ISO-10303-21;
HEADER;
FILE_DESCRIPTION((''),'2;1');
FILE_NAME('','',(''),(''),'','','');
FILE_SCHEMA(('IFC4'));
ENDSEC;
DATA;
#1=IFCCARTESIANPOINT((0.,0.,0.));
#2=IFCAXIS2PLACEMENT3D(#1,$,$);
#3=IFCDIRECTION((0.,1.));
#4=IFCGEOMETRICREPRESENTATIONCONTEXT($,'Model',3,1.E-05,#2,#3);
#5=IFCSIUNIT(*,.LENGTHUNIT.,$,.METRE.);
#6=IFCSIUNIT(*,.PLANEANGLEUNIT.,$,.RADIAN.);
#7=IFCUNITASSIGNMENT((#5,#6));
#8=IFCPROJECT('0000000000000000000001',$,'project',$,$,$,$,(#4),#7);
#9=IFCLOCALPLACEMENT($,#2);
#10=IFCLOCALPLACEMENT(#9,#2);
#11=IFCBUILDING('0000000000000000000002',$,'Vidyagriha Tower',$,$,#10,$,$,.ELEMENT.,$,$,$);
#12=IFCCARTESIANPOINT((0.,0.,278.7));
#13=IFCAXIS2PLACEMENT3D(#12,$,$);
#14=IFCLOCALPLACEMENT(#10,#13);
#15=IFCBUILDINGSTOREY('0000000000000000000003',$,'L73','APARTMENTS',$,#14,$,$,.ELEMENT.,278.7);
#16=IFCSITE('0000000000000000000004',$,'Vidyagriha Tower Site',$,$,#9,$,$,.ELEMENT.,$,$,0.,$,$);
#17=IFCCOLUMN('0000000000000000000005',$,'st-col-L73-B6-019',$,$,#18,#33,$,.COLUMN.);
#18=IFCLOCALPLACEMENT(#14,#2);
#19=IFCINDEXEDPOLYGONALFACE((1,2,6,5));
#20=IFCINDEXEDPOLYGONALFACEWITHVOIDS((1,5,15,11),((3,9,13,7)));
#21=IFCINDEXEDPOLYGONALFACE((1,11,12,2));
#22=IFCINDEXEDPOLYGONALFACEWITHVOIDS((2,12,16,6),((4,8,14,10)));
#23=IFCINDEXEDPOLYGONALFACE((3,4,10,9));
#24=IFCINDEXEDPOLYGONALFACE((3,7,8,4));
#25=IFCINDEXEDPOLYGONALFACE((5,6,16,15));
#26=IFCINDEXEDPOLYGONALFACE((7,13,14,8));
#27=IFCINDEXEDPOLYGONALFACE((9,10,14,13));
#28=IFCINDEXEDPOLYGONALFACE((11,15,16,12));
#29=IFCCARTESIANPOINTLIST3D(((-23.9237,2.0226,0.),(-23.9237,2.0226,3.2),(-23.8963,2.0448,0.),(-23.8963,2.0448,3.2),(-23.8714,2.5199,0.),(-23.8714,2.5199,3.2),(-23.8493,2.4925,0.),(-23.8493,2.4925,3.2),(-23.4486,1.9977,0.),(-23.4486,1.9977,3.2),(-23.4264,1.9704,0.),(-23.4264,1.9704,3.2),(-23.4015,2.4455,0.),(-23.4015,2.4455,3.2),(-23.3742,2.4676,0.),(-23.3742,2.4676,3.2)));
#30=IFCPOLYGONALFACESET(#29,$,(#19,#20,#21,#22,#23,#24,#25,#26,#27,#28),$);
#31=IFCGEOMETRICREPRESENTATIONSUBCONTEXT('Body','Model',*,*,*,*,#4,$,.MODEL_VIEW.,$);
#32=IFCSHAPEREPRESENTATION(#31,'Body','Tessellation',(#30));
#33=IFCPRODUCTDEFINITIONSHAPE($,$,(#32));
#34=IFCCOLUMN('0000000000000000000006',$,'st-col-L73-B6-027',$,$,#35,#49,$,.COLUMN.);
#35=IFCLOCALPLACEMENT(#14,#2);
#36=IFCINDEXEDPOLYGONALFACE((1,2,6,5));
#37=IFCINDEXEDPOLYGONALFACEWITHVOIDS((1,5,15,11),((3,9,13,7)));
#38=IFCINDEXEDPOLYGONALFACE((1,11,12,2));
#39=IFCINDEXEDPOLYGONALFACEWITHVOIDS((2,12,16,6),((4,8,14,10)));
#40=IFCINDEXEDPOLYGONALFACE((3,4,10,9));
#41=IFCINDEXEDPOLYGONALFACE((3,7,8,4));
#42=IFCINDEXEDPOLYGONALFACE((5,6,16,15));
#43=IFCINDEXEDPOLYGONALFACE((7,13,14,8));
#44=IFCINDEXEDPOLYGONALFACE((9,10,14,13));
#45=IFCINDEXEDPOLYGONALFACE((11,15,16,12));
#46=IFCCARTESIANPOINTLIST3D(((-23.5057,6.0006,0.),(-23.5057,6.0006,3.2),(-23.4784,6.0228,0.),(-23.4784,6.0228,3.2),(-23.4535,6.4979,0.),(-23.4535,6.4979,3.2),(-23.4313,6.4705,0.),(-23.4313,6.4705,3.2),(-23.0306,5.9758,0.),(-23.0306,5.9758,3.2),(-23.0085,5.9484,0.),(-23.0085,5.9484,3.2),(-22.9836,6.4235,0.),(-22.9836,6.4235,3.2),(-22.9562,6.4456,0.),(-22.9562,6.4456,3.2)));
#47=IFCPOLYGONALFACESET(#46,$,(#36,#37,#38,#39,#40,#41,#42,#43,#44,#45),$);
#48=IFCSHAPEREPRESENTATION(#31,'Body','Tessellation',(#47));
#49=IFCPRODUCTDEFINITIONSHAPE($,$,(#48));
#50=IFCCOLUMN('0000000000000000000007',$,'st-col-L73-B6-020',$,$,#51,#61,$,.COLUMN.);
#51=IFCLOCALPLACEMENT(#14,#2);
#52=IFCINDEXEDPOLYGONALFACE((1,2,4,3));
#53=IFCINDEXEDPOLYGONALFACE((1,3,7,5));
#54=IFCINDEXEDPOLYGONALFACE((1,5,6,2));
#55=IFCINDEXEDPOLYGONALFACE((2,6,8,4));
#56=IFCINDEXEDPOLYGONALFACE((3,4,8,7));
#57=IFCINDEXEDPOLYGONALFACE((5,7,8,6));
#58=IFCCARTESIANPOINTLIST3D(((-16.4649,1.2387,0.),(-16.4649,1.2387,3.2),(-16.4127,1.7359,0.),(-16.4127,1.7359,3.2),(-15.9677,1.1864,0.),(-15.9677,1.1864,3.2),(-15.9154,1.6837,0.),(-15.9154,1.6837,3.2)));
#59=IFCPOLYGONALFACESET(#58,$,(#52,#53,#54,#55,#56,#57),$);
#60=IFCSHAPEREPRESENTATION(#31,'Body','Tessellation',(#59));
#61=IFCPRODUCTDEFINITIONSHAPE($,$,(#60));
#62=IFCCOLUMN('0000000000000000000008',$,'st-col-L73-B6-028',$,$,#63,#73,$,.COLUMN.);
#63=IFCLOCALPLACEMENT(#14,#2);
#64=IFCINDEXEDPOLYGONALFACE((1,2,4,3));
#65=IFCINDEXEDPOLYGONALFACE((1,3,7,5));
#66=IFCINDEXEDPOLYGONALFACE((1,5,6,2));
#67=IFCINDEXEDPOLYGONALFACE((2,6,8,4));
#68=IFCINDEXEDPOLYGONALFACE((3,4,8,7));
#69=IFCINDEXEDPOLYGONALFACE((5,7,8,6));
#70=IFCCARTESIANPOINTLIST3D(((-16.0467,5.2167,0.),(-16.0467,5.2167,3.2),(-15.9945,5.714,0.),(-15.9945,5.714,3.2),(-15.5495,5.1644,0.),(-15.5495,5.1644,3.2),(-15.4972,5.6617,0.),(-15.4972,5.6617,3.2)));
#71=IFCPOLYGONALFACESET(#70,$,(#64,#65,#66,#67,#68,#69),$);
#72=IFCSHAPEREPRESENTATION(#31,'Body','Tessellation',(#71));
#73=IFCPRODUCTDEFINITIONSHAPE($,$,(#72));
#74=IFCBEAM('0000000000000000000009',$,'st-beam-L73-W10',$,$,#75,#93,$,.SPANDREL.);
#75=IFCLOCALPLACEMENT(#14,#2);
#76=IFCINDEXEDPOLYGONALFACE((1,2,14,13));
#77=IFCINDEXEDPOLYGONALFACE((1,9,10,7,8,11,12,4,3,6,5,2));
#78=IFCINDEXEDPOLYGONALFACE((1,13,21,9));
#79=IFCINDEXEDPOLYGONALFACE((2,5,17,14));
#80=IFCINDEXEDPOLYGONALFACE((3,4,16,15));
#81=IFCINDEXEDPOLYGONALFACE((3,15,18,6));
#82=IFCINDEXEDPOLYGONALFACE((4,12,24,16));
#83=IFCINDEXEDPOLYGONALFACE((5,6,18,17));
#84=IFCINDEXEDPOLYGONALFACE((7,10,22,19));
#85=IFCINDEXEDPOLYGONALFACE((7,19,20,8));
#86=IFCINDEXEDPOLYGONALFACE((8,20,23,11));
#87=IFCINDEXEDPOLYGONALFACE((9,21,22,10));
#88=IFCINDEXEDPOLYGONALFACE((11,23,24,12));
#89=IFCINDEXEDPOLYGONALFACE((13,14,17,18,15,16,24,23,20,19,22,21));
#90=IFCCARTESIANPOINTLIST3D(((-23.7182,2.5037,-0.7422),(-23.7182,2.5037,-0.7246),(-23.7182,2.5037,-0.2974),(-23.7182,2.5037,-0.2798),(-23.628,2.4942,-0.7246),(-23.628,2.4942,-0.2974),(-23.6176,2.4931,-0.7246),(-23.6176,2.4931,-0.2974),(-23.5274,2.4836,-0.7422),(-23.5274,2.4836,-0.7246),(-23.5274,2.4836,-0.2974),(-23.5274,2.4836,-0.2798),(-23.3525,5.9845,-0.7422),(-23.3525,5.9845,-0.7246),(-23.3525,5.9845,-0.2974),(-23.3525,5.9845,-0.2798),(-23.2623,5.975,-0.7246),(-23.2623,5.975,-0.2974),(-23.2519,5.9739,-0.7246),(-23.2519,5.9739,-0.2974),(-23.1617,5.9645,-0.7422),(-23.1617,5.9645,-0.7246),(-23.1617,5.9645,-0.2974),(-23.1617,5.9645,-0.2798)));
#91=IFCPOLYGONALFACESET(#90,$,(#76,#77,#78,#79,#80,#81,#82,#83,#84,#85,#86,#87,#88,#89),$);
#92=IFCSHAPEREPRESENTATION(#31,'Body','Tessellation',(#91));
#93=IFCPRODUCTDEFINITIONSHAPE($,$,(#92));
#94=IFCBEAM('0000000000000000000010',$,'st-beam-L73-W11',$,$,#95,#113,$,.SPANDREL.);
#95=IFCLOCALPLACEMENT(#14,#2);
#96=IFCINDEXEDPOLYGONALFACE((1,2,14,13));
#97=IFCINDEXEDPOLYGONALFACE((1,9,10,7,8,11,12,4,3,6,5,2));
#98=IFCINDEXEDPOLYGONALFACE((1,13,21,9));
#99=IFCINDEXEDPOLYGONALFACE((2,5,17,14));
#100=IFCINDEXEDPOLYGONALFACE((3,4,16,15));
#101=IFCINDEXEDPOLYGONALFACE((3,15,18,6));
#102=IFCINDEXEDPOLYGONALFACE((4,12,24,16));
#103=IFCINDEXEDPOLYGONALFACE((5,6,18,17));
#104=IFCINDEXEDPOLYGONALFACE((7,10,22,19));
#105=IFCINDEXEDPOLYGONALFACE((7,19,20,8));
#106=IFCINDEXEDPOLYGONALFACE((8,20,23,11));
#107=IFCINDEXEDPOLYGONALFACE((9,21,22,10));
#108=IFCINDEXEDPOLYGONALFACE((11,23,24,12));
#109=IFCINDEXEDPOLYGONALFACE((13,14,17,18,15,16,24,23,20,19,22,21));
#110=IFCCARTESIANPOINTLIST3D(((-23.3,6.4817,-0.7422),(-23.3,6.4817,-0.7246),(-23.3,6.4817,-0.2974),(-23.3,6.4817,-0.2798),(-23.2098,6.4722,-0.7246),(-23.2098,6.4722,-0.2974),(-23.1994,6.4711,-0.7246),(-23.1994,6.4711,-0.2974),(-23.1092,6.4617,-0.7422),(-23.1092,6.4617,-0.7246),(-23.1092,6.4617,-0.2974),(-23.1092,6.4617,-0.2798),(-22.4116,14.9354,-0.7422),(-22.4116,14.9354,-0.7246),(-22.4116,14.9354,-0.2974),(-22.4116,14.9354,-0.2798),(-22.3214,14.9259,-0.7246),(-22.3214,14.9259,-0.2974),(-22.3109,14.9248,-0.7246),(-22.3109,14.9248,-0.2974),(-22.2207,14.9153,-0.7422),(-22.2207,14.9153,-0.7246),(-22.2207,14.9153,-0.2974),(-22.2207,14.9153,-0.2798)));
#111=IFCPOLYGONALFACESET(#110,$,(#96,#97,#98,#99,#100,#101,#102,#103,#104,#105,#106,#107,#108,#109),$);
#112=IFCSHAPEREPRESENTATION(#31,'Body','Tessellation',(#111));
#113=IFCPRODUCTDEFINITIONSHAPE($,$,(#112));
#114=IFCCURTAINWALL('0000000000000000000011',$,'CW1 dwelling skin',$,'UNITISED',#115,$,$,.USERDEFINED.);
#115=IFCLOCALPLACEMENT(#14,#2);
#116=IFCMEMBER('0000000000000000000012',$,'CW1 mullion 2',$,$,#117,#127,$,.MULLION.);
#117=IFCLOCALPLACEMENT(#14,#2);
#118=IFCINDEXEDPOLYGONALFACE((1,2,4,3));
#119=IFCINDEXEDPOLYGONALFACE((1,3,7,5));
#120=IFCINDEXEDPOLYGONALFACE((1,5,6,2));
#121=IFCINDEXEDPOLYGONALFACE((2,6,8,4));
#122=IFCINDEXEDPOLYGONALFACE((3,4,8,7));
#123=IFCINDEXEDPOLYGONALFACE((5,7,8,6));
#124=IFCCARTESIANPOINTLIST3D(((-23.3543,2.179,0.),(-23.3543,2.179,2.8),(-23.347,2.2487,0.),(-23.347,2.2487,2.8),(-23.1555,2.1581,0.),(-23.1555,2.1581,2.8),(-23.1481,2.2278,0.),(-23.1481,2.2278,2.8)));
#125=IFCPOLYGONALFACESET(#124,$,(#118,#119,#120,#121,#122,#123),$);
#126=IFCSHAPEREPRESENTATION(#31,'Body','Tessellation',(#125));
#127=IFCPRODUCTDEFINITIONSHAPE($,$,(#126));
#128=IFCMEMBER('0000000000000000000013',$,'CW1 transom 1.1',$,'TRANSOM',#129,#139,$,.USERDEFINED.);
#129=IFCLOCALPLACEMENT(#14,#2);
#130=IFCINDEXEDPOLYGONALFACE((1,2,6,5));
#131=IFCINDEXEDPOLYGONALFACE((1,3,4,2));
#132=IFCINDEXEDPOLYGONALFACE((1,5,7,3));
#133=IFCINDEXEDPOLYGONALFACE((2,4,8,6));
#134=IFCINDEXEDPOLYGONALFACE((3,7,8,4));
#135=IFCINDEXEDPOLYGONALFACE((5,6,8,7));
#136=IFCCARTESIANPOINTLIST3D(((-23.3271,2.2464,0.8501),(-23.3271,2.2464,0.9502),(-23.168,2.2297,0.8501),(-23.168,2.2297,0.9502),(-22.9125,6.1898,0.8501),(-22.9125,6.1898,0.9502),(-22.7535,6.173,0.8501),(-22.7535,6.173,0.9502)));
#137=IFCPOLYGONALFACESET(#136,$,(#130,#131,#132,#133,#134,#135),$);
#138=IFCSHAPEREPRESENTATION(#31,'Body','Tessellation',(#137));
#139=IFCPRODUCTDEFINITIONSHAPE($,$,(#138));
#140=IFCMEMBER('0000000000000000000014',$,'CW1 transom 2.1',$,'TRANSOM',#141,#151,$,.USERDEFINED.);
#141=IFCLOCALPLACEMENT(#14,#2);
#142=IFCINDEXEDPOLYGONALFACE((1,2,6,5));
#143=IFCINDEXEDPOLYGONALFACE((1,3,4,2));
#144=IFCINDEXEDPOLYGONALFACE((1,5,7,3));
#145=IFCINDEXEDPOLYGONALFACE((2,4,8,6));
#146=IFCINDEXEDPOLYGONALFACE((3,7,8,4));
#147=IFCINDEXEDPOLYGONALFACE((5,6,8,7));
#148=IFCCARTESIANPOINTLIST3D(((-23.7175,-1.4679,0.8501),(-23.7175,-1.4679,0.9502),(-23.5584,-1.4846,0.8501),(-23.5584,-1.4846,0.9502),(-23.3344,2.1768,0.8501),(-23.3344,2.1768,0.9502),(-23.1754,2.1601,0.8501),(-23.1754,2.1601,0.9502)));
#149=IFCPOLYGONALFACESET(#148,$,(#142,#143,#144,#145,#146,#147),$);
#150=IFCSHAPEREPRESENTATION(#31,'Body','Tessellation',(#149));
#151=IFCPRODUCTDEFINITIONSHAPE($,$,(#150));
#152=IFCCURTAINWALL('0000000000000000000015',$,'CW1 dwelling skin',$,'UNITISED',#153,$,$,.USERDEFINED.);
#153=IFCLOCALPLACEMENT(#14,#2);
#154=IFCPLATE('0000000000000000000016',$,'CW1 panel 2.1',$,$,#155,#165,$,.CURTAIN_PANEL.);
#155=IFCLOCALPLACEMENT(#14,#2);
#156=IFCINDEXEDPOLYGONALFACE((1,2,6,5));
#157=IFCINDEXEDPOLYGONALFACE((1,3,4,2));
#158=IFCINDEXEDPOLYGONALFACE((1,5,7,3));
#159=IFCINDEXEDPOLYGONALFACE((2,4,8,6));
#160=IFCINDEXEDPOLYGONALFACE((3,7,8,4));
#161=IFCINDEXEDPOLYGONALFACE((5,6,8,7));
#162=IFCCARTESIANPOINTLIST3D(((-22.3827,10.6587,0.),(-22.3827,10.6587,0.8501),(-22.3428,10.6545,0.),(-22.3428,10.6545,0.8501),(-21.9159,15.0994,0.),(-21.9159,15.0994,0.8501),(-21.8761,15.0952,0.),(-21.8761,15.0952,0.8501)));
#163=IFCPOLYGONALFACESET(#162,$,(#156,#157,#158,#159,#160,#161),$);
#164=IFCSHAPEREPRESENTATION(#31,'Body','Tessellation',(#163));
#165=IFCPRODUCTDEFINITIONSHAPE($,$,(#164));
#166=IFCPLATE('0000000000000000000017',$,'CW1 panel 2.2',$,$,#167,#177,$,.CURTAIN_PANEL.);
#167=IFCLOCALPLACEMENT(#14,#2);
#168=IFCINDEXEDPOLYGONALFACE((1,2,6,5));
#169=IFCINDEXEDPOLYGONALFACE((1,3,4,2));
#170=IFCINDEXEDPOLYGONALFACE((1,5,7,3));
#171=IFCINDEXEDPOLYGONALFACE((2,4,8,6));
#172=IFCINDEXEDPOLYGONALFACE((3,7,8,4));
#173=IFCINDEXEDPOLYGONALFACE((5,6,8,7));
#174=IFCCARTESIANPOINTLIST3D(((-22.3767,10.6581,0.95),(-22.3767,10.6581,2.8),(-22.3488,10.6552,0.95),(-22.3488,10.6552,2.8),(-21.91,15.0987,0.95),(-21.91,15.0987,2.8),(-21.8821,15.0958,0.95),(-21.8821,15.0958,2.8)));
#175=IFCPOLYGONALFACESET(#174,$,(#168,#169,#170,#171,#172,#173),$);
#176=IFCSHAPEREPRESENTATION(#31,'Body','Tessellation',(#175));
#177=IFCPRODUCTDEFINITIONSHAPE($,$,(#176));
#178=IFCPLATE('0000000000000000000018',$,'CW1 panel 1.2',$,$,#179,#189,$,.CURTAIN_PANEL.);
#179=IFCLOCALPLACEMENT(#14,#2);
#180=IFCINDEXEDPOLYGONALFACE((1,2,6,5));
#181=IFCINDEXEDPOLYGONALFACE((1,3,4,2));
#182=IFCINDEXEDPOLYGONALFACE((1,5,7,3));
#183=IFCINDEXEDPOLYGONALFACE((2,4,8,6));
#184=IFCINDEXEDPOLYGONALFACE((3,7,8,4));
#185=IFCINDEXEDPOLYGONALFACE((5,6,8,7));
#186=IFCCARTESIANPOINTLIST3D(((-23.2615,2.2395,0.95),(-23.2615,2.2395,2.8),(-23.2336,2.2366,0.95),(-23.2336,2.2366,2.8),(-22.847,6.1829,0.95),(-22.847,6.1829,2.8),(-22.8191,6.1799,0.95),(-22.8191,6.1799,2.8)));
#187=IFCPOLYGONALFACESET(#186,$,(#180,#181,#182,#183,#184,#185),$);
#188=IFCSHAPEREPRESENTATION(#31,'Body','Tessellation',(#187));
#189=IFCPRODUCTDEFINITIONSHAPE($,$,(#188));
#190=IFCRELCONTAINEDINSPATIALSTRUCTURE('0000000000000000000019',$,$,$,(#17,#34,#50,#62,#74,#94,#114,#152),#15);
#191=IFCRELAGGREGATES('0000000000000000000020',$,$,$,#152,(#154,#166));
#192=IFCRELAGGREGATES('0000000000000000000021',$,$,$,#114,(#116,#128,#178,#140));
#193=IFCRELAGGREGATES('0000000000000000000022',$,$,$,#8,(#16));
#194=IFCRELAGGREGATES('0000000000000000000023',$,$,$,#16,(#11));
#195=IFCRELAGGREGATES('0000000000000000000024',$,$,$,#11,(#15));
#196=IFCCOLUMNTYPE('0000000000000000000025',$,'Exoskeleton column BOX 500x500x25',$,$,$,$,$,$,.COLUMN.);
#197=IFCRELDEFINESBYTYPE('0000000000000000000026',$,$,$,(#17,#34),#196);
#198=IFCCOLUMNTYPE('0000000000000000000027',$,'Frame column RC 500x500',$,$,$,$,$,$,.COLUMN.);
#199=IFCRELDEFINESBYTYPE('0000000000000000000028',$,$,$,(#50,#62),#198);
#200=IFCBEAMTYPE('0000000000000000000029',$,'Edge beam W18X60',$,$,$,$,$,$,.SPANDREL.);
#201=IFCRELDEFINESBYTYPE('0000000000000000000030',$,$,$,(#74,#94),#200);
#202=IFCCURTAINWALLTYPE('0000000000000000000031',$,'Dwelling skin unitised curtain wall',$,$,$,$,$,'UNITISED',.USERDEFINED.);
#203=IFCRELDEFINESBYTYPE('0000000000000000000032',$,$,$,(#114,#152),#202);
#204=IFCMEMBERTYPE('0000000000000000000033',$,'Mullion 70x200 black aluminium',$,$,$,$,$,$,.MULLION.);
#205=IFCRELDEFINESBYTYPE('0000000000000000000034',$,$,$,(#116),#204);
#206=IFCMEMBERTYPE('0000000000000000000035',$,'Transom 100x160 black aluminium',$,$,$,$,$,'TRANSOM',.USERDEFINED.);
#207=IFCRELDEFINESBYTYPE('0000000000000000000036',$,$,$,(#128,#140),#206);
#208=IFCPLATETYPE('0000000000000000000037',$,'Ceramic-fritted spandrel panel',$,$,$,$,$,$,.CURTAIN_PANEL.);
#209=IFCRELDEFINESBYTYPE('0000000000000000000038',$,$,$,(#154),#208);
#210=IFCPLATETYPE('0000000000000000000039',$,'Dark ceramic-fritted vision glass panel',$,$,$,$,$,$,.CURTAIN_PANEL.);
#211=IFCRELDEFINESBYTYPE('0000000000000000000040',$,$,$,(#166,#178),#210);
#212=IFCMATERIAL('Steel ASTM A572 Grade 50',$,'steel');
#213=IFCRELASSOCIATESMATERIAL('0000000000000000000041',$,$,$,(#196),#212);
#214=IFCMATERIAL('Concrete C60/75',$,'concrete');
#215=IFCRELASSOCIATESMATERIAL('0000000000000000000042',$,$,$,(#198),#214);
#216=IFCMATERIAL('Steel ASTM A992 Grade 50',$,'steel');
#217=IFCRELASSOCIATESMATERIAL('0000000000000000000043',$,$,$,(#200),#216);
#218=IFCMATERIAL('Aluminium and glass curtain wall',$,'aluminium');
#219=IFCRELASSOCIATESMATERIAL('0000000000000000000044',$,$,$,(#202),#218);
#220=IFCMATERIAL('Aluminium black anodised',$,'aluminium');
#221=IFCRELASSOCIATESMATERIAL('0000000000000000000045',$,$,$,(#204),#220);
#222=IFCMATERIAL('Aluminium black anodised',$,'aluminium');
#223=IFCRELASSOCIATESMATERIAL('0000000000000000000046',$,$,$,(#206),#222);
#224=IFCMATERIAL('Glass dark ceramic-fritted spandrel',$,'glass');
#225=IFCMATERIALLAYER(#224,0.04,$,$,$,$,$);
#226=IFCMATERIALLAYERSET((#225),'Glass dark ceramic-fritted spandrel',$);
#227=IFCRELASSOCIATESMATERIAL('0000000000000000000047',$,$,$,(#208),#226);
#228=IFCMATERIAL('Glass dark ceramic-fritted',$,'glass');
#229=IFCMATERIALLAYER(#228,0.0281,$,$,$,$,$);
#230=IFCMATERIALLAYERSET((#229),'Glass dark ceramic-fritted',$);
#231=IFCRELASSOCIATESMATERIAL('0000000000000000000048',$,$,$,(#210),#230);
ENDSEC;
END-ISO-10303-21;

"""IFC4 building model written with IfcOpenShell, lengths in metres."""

from ifc_helpers import new_model, si_unit, direction, frame, origin, origin_2d, place, context, subcontext, project, spatial, rectangle, hollow_rectangle, i_section, extrude, material, layer, layer_set, material_profile, profile_set, type_object, element, aggregate, save


model = new_model("IFC4")

# Units and contexts
model_context = context("Model", 3, precision=1e-05, world=origin(), true_north=direction((0.0, 1.0)))
body_context = subcontext(model_context, "Body", "Model", "MODEL_VIEW")
ifc_project = project(units=[si_unit("LENGTHUNIT", "METRE"), si_unit("PLANEANGLEUNIT", "RADIAN")], contexts=[model_context])

# Site, building, storey
site_placement = place(None, origin())
site = spatial("IfcSite", under=ifc_project, at=site_placement, Name="Vidyagriha Tower Site", CompositionType="ELEMENT", RefElevation=0.0)
building_placement = place(site_placement, origin())
building = spatial("IfcBuilding", under=site, at=building_placement, Name="Vidyagriha Tower", CompositionType="ELEMENT")
storey_placement = place(building_placement, frame((0.0, 0.0, 278.7)))
storey = spatial("IfcBuildingStorey", under=building, at=storey_placement, Name="L73", Description="APARTMENTS", CompositionType="ELEMENT", Elevation=278.7)

# Columns
ifc_material_1 = material(Name="Steel ASTM A572 Grade 50", Category="steel")
ifc_material_profile_1 = material_profile(ifc_material_1, hollow_rectangle(XDim=0.5, YDim=0.5, WallThickness=0.0249, at=origin_2d()), Name="BOX 500x500x25")
ifc_profile_set_1 = profile_set([ifc_material_profile_1], Name="Steel ASTM A572 Grade 50")
column_type_1 = type_object("IfcColumnType", Name="Exoskeleton column BOX 500x500x25", PredefinedType="COLUMN", material=ifc_profile_set_1)
for number, where, z_axis, x_axis, name in (
    (1, (-23.6489, 2.2451, 0.0), (0.0, 0.0, 1.0), (0.994522, -0.104528, 0.0), "st-col-L73-B6-019"),
    (2, (-23.231, 6.2231, 0.0), (0.0, 0.0, 1.0), (0.994522, -0.104528, 0.0), "st-col-L73-B6-027"),
):
    element("IfcColumn", number, at=place(storey_placement, frame(where, z_axis=z_axis, x_axis=x_axis)), inside=storey, type_object=column_type_1, Name=name, PredefinedType="COLUMN", context=body_context, shape_type="SweptSolid", body=[
        extrude(hollow_rectangle(XDim=0.5, YDim=0.5, WallThickness=0.0249, at=origin_2d()), origin(), (0.0, 0.0, 1.0), 3.2),
    ])
ifc_material_2 = material(Name="Concrete C60/75", Category="concrete")
ifc_material_profile_2 = material_profile(ifc_material_2, rectangle(XDim=0.5, YDim=0.5, at=origin_2d()), Name="RC 500x500")
ifc_profile_set_2 = profile_set([ifc_material_profile_2], Name="Concrete C60/75")
column_type_2 = type_object("IfcColumnType", Name="Frame column RC 500x500", PredefinedType="COLUMN", material=ifc_profile_set_2)
for number, where, z_axis, x_axis, name in (
    (3, (-16.1902, 1.4612, 0.0), (0.0, 0.0, 1.0), (0.994522, -0.104528, 0.0), "st-col-L73-B6-020"),
    (4, (-15.772, 5.4392, 0.0), (0.0, 0.0, 1.0), (0.994522, -0.104528, 0.0), "st-col-L73-B6-028"),
):
    element("IfcColumn", number, at=place(storey_placement, frame(where, z_axis=z_axis, x_axis=x_axis)), inside=storey, type_object=column_type_2, Name=name, PredefinedType="COLUMN", context=body_context, shape_type="SweptSolid", body=[
        extrude(rectangle(XDim=0.5, YDim=0.5, at=origin_2d()), origin(), (0.0, 0.0, 1.0), 3.2),
    ])

# Beams
ifc_material_3 = material(Name="Steel ASTM A992 Grade 50", Category="steel")
ifc_material_profile_3 = material_profile(ifc_material_3, i_section(OverallWidth=0.1919, OverallDepth=0.4624, WebThickness=0.0105, FlangeThickness=0.0176, at=origin_2d()), Name="W18X60")
ifc_profile_set_3 = profile_set([ifc_material_profile_3], Name="Steel ASTM A992 Grade 50")
beam_type = type_object("IfcBeamType", Name="Edge beam W18X60", PredefinedType="SPANDREL", material=ifc_profile_set_3)
beam_1_placement = place(storey_placement, frame((-23.6228, 2.4937, -0.511), z_axis=(0.104489, 0.994526, 0.0), x_axis=(-0.994526, 0.104489, 0.0)))
element("IfcBeam", 5, at=beam_1_placement, inside=storey, type_object=beam_type, Name="st-beam-L73-W10", PredefinedType="SPANDREL", context=body_context, shape_type="SweptSolid", body=[
    extrude(i_section(OverallWidth=0.1919, OverallDepth=0.4624, WebThickness=0.0105, FlangeThickness=0.0176, at=origin_2d()), origin(), (0.0, 0.0, 1.0), 3.5),
])
beam_2_placement = place(storey_placement, frame((-23.2046, 6.4717, -0.511), z_axis=(0.104519, 0.994523, 0.0), x_axis=(-0.994523, 0.104519, 0.0)))
element("IfcBeam", 6, at=beam_2_placement, inside=storey, type_object=beam_type, Name="st-beam-L73-W11", PredefinedType="SPANDREL", context=body_context, shape_type="SweptSolid", body=[
    extrude(i_section(OverallWidth=0.1919, OverallDepth=0.4624, WebThickness=0.0105, FlangeThickness=0.0176, at=origin_2d()), origin(), (0.0, 0.0, 1.0), 8.5002),
])

# Curtain wall, members
ifc_material_4 = material(Name="Aluminium and glass curtain wall", Category="aluminium")
curtain_wall_type = type_object("IfcCurtainWallType", Name="Dwelling skin unitised curtain wall", ElementType="UNITISED", PredefinedType="USERDEFINED", material=ifc_material_4)
curtain_wall_1_placement = place(storey_placement, origin())
curtain_wall_1 = element("IfcCurtainWall", 7, at=curtain_wall_1_placement, inside=storey, type_object=curtain_wall_type, Name="CW1 dwelling skin", ObjectType="UNITISED", PredefinedType="USERDEFINED")
ifc_material_5 = material(Name="Aluminium black anodised", Category="aluminium")
ifc_material_profile_4 = material_profile(ifc_material_5, rectangle(XDim=0.2, YDim=0.0701, at=origin_2d()), Name="Mullion 70x200 black aluminium")
ifc_profile_set_4 = profile_set([ifc_material_profile_4], Name="Aluminium black anodised")
member_type_1 = type_object("IfcMemberType", Name="Mullion 70x200 black aluminium", PredefinedType="MULLION", material=ifc_profile_set_4)
member_1_placement = place(storey_placement, frame((-23.2512, 2.2034, 0.0), z_axis=(0.0, 0.0, 1.0), x_axis=(0.994521, -0.104533, 0.0)))
member_1 = element("IfcMember", 8, at=member_1_placement, type_object=member_type_1, Name="CW1 mullion 2", PredefinedType="MULLION", context=body_context, shape_type="SweptSolid", body=[
    extrude(rectangle(XDim=0.2, YDim=0.0701, at=origin_2d()), origin(), (0.0, 0.0, 1.0), 2.8),
])
ifc_material_6 = material(Name="Aluminium black anodised", Category="aluminium")
ifc_material_profile_5 = material_profile(ifc_material_6, rectangle(XDim=0.1599, YDim=0.1001, at=origin_2d()), Name="Transom 100x160 black aluminium")
ifc_profile_set_5 = profile_set([ifc_material_profile_5], Name="Aluminium black anodised")
member_type_2 = type_object("IfcMemberType", Name="Transom 100x160 black aluminium", ElementType="TRANSOM", PredefinedType="USERDEFINED", material=ifc_profile_set_5)
member_2_placement = place(storey_placement, frame((-22.833, 6.1814, 0.9001), z_axis=(-0.10455, -0.99452, 0.0), x_axis=(0.99452, -0.10455, 0.0)))
member_2 = element("IfcMember", 9, at=member_2_placement, type_object=member_type_2, Name="CW1 transom 1.1", ObjectType="TRANSOM", PredefinedType="USERDEFINED", context=body_context, shape_type="SweptSolid", body=[
    extrude(rectangle(XDim=0.1599, YDim=0.1001, at=origin_2d()), origin(), (0.0, 0.0, 1.0), 3.9651),
])
member_3_placement = place(storey_placement, frame((-23.2549, 2.1685, 0.9001), z_axis=(-0.104522, -0.994523, 0.0), x_axis=(0.994523, -0.104522, 0.0)))
member_3 = element("IfcMember", 10, at=member_3_placement, type_object=member_type_2, Name="CW1 transom 2.1", ObjectType="TRANSOM", PredefinedType="USERDEFINED", context=body_context, shape_type="SweptSolid", body=[
    extrude(rectangle(XDim=0.1599, YDim=0.1001, at=origin_2d()), origin(), (0.0, 0.0, 1.0), 3.6648),
])

# Curtain wall, plates
curtain_wall_2_placement = place(storey_placement, origin())
curtain_wall_2 = element("IfcCurtainWall", 11, at=curtain_wall_2_placement, inside=storey, type_object=curtain_wall_type, Name="CW1 dwelling skin", ObjectType="UNITISED", PredefinedType="USERDEFINED")
ifc_material_7 = material(Name="Glass dark ceramic-fritted spandrel", Category="glass")
ifc_layer_1 = layer(ifc_material_7, 0.04)
ifc_layer_set_1 = layer_set([ifc_layer_1], Name="Glass dark ceramic-fritted spandrel")
plate_type_1 = type_object("IfcPlateType", Name="Ceramic-fritted spandrel panel", PredefinedType="CURTAIN_PANEL", material=ifc_layer_set_1)
plate_1_placement = place(storey_placement, frame((-22.1294, 12.877, 0.0), z_axis=(0.0, 0.0, 1.0), x_axis=(-0.104525, -0.994522, 0.0)))
plate_1 = element("IfcPlate", 12, at=plate_1_placement, type_object=plate_type_1, Name="CW1 panel 2.1", PredefinedType="CURTAIN_PANEL", context=body_context, shape_type="SweptSolid", body=[
    extrude(rectangle(XDim=4.4651, YDim=0.04, at=origin_2d()), origin(), (0.0, 0.0, 1.0), 0.8501),
])
ifc_material_8 = material(Name="Glass dark ceramic-fritted", Category="glass")
ifc_layer_2 = layer(ifc_material_8, 0.0281)
ifc_layer_set_2 = layer_set([ifc_layer_2], Name="Glass dark ceramic-fritted")
plate_type_2 = type_object("IfcPlateType", Name="Dark ceramic-fritted vision glass panel", PredefinedType="CURTAIN_PANEL", material=ifc_layer_set_2)
plate_2_placement = place(storey_placement, frame((-22.1294, 12.877, 0.95), z_axis=(0.0, 0.0, 1.0), x_axis=(-0.104525, -0.994522, 0.0)))
plate_2 = element("IfcPlate", 13, at=plate_2_placement, type_object=plate_type_2, Name="CW1 panel 2.2", PredefinedType="CURTAIN_PANEL", context=body_context, shape_type="SweptSolid", body=[
    extrude(rectangle(XDim=4.4651, YDim=0.0281, at=origin_2d()), origin(), (0.0, 0.0, 1.0), 1.8501),
])
aggregate(curtain_wall_2, [plate_1, plate_2])

# Plate
plate_3_placement = place(storey_placement, frame((-23.0403, 4.2097, 0.95), z_axis=(0.0, 0.0, 1.0), x_axis=(-0.104533, -0.994521, 0.0)))
plate_3 = element("IfcPlate", 14, at=plate_3_placement, type_object=plate_type_2, Name="CW1 panel 1.2", PredefinedType="CURTAIN_PANEL", context=body_context, shape_type="SweptSolid", body=[
    extrude(rectangle(XDim=3.9651, YDim=0.0281, at=origin_2d()), origin(), (0.0, 0.0, 1.0), 1.8501),
])
aggregate(curtain_wall_1, [member_1, member_2, plate_3, member_3])

save(model, "model.ifc")
